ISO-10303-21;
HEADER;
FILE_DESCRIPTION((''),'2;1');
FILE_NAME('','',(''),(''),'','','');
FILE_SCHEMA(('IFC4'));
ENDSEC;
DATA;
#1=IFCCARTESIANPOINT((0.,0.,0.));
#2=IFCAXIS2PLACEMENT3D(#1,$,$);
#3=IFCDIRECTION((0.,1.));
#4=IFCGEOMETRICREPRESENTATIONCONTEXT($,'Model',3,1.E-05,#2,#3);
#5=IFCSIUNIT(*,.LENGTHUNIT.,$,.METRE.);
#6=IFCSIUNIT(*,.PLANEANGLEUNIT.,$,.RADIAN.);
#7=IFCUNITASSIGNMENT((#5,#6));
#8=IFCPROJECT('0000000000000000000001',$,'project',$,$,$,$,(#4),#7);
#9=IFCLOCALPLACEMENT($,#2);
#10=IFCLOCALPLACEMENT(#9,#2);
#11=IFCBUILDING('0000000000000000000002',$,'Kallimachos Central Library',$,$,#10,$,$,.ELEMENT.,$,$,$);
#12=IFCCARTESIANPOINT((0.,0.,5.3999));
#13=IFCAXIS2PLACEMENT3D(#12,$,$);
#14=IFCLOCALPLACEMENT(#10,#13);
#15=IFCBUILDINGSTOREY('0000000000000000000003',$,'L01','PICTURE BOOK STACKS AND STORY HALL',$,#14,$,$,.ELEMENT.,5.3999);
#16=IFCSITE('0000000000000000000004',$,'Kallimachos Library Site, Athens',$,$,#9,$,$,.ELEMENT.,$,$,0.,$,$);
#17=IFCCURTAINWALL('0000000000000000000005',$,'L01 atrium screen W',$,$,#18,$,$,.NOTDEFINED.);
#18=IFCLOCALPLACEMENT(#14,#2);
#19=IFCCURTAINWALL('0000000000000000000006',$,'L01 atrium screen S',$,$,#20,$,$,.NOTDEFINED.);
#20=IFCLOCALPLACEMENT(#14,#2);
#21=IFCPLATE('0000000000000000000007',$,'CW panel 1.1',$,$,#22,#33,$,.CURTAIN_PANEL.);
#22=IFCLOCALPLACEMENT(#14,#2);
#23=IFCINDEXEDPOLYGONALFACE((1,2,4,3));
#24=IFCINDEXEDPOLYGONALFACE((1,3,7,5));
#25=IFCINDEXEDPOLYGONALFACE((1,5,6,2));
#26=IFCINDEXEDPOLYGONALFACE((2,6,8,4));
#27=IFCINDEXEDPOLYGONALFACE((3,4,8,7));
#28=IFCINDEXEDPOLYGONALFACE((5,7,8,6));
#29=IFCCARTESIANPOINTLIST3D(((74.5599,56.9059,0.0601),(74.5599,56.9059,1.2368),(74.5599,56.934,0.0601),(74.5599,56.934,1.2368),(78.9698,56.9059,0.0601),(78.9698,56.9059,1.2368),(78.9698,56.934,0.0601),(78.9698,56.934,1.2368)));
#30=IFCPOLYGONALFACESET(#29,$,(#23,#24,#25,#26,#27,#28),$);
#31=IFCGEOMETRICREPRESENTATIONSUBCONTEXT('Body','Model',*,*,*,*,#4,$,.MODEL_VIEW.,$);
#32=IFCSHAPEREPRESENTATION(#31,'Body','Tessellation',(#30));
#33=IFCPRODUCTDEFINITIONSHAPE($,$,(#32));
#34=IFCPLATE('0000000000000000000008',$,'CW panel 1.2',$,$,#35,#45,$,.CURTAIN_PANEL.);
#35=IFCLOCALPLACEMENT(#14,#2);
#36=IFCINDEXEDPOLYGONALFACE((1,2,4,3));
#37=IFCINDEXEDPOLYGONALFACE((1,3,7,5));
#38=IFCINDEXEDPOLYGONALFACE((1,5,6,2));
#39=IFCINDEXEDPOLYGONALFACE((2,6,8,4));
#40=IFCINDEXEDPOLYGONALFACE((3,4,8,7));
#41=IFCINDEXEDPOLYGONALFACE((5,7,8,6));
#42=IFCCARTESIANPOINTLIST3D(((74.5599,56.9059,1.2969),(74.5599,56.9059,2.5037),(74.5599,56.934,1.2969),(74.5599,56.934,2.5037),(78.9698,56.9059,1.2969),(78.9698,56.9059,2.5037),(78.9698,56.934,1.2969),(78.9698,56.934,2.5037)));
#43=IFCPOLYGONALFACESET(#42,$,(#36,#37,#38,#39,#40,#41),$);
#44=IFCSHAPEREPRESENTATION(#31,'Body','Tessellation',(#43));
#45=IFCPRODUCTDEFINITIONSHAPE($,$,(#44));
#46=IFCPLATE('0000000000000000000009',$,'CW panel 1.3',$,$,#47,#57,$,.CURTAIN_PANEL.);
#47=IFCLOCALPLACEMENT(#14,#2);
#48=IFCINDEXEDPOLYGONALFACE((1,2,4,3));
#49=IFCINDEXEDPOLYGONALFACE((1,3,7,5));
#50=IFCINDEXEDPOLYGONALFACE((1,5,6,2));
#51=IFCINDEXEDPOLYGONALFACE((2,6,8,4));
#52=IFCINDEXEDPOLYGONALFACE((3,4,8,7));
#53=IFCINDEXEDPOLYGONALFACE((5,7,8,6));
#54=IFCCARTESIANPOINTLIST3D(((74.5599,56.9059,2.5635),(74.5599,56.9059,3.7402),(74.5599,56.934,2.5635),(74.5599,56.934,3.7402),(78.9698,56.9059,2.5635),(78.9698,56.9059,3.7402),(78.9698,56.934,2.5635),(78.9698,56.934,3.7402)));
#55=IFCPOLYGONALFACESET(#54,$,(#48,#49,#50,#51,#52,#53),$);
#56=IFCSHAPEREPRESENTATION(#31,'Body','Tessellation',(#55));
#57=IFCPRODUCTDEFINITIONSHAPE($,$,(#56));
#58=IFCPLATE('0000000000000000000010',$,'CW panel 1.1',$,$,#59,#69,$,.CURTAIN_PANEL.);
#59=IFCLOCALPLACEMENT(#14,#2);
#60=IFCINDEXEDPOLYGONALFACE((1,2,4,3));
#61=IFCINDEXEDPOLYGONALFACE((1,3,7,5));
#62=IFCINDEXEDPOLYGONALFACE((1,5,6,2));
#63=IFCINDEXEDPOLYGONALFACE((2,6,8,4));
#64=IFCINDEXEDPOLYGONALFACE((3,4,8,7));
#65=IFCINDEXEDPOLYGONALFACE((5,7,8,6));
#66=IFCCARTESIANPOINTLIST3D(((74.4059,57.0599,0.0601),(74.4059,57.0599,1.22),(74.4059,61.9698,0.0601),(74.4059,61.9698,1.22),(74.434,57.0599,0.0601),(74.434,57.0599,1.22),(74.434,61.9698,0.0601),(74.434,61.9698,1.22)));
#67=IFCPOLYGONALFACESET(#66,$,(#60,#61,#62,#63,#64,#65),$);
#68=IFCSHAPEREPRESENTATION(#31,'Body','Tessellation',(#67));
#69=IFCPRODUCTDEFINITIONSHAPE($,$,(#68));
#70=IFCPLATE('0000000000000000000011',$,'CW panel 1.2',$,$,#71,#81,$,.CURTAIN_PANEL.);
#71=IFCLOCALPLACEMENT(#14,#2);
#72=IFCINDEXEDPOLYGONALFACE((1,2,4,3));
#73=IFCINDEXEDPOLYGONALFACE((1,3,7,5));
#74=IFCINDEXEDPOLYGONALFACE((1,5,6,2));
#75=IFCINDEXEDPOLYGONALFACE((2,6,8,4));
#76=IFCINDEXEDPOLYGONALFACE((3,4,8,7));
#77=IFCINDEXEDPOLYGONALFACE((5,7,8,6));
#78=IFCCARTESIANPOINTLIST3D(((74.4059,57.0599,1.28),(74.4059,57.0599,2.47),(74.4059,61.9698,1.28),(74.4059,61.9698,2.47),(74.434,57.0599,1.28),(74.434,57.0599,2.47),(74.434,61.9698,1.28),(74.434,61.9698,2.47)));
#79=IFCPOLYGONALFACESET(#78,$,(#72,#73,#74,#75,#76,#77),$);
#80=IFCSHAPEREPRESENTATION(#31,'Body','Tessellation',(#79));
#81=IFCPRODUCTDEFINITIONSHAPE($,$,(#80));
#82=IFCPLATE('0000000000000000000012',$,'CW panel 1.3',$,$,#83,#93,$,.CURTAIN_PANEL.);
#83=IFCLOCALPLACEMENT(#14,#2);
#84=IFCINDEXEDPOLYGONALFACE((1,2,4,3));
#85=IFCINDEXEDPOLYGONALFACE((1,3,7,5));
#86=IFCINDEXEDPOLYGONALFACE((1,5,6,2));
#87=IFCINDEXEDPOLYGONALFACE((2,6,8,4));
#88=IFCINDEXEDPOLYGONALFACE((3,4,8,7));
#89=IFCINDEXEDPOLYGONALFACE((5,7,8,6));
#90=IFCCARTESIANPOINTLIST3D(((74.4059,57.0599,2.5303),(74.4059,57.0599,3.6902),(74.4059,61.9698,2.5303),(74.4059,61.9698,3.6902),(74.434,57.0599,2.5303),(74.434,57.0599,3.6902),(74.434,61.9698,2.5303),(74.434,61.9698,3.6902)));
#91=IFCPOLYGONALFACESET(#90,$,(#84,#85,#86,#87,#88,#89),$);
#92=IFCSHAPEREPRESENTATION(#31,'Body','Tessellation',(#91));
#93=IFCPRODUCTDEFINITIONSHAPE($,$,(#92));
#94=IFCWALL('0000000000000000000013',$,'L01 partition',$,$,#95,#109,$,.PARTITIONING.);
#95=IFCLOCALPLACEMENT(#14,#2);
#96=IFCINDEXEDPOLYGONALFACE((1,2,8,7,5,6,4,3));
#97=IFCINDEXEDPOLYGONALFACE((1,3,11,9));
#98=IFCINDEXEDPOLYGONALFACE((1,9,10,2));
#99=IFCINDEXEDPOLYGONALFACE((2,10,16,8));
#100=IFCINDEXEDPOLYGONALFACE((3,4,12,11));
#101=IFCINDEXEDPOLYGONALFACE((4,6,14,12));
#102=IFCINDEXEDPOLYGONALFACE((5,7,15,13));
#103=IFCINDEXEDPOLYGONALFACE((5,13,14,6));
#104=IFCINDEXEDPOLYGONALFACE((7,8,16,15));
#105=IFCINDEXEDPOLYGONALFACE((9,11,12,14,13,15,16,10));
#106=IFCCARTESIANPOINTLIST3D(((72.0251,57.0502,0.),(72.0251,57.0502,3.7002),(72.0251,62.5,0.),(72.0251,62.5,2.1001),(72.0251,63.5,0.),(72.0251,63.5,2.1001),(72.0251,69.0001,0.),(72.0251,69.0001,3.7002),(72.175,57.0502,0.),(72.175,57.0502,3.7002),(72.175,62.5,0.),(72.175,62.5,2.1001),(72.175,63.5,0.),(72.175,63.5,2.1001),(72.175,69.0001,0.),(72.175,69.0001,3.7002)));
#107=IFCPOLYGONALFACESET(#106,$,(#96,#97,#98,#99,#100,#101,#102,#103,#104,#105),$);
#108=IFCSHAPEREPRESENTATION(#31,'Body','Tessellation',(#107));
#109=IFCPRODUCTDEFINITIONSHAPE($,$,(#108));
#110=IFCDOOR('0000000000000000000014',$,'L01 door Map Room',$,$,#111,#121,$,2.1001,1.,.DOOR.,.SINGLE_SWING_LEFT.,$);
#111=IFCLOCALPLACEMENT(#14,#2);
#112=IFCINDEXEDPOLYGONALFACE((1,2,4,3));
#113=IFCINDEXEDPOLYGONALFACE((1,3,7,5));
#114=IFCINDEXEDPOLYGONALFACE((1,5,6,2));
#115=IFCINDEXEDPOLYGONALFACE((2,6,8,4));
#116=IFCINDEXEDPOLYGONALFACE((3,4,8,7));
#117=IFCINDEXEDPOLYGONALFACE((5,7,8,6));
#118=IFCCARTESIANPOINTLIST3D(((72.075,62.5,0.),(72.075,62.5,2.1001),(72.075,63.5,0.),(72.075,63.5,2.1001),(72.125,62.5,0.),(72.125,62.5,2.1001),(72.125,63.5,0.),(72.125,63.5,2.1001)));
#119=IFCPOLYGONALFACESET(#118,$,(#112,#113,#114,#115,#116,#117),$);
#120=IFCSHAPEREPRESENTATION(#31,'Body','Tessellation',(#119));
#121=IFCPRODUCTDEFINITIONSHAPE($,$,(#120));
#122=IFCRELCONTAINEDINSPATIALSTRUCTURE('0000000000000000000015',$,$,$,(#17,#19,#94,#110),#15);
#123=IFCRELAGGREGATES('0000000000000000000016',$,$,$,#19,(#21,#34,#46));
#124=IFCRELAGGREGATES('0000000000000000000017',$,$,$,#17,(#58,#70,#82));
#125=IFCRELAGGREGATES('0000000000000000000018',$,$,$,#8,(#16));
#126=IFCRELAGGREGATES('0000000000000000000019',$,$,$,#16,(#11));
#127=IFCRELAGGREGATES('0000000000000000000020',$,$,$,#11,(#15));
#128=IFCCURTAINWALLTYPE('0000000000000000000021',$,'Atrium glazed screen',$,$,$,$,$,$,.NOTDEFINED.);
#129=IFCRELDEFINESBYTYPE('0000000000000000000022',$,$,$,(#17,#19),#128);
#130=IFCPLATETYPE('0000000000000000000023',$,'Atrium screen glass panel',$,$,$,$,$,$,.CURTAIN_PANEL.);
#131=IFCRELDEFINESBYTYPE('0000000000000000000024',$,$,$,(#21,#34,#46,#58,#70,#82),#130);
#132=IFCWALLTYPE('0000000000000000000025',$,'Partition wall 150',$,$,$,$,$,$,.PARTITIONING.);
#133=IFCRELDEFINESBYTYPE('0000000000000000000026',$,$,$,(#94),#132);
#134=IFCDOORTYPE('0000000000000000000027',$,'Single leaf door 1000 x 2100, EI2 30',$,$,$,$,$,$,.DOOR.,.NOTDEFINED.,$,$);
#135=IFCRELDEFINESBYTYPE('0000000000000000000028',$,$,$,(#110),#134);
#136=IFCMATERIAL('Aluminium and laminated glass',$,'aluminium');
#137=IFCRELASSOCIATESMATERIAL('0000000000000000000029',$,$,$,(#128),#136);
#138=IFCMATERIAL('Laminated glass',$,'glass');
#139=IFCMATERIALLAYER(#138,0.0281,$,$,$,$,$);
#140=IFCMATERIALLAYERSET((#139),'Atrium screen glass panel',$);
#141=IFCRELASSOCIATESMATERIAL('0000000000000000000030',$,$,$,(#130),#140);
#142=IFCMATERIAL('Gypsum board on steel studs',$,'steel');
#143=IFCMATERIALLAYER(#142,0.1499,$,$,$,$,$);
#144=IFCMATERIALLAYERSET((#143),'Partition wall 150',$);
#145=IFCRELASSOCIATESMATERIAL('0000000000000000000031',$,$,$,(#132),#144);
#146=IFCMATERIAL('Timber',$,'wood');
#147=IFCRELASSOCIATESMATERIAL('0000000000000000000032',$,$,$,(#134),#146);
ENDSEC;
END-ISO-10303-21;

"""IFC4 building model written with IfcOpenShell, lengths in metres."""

from ifc_helpers import new_model, si_unit, direction, frame, frame_2d, origin, origin_2d, place, context, subcontext, project, spatial, rectangle, extrude, material, layer, layer_set, type_object, element, fill, aggregate, save


model = new_model("IFC4")

# Units and contexts
model_context = context("Model", 3, precision=1e-05, world=origin(), true_north=direction((0.0, 1.0)))
body_context = subcontext(model_context, "Body", "Model", "MODEL_VIEW")
ifc_project = project(units=[si_unit("LENGTHUNIT", "METRE"), si_unit("PLANEANGLEUNIT", "RADIAN")], contexts=[model_context])

# Site, building, storey
site_placement = place(None, origin())
site = spatial("IfcSite", under=ifc_project, at=site_placement, Name="Kallimachos Library Site, Athens", CompositionType="ELEMENT", RefElevation=0.0)
building_placement = place(site_placement, origin())
building = spatial("IfcBuilding", under=site, at=building_placement, Name="Kallimachos Central Library", CompositionType="ELEMENT")
storey_placement = place(building_placement, frame((0.0, 0.0, 5.3999)))
storey = spatial("IfcBuildingStorey", under=building, at=storey_placement, Name="L01", Description="PICTURE BOOK STACKS AND STORY HALL", CompositionType="ELEMENT", Elevation=5.3999)

# Curtain wall
ifc_material_1 = material(Name="Aluminium and laminated glass", Category="aluminium")
curtain_wall_type = type_object("IfcCurtainWallType", Name="Atrium glazed screen", PredefinedType="NOTDEFINED", material=ifc_material_1)
curtain_wall_1_placement = place(storey_placement, origin())
curtain_wall_1 = element("IfcCurtainWall", 1, at=curtain_wall_1_placement, inside=storey, type_object=curtain_wall_type, Name="L01 atrium screen W", PredefinedType="NOTDEFINED")

# Curtain wall, plates
curtain_wall_2_placement = place(storey_placement, origin())
curtain_wall_2 = element("IfcCurtainWall", 2, at=curtain_wall_2_placement, inside=storey, type_object=curtain_wall_type, Name="L01 atrium screen S", PredefinedType="NOTDEFINED")
ifc_material_2 = material(Name="Laminated glass", Category="glass")
ifc_layer_1 = layer(ifc_material_2, 0.0281)
ifc_layer_set_1 = layer_set([ifc_layer_1], Name="Atrium screen glass panel")
plate_type = type_object("IfcPlateType", Name="Atrium screen glass panel", PredefinedType="CURTAIN_PANEL", material=ifc_layer_set_1)
plate_1_placement = place(storey_placement, frame((76.7649, 56.9199, 0.0601), z_axis=(0.0, 0.0, 1.0), x_axis=(1.0, 0.0, 0.0)))
plate_1 = element("IfcPlate", 3, at=plate_1_placement, type_object=plate_type, Name="CW panel 1.1", PredefinedType="CURTAIN_PANEL", context=body_context, shape_type="SweptSolid", body=[
    extrude(rectangle(XDim=4.4099, YDim=0.0281, at=origin_2d()), origin(), (0.0, 0.0, 1.0), 1.1768),
])
plate_2_placement = place(storey_placement, frame((76.7649, 56.9199, 1.2969), z_axis=(0.0, 0.0, 1.0), x_axis=(1.0, 0.0, 0.0)))
plate_2 = element("IfcPlate", 4, at=plate_2_placement, type_object=plate_type, Name="CW panel 1.2", PredefinedType="CURTAIN_PANEL", context=body_context, shape_type="SweptSolid", body=[
    extrude(rectangle(XDim=4.4099, YDim=0.0281, at=origin_2d()), origin(), (0.0, 0.0, 1.0), 1.2068),
])
plate_3_placement = place(storey_placement, frame((76.7649, 56.9199, 2.5635), z_axis=(0.0, 0.0, 1.0), x_axis=(1.0, 0.0, 0.0)))
plate_3 = element("IfcPlate", 5, at=plate_3_placement, type_object=plate_type, Name="CW panel 1.3", PredefinedType="CURTAIN_PANEL", context=body_context, shape_type="SweptSolid", body=[
    extrude(rectangle(XDim=4.4099, YDim=0.0281, at=origin_2d()), origin(), (0.0, 0.0, 1.0), 1.1768),
])
aggregate(curtain_wall_2, [plate_1, plate_2, plate_3])

# Plates
plate_4_placement = place(storey_placement, frame((74.4199, 59.5149, 0.0601), z_axis=(0.0, 0.0, 1.0), x_axis=(0.0, 1.0, 0.0)))
plate_4 = element("IfcPlate", 6, at=plate_4_placement, type_object=plate_type, Name="CW panel 1.1", PredefinedType="CURTAIN_PANEL", context=body_context, shape_type="SweptSolid", body=[
    extrude(rectangle(XDim=4.9099, YDim=0.0281, at=origin_2d()), origin(), (0.0, 0.0, 1.0), 1.1599),
])
plate_5_placement = place(storey_placement, frame((74.4199, 59.5149, 1.28), z_axis=(0.0, 0.0, 1.0), x_axis=(0.0, 1.0, 0.0)))
plate_5 = element("IfcPlate", 7, at=plate_5_placement, type_object=plate_type, Name="CW panel 1.2", PredefinedType="CURTAIN_PANEL", context=body_context, shape_type="SweptSolid", body=[
    extrude(rectangle(XDim=4.9099, YDim=0.0281, at=origin_2d()), origin(), (0.0, 0.0, 1.0), 1.1899),
])
plate_6_placement = place(storey_placement, frame((74.4199, 59.5149, 2.5303), z_axis=(0.0, 0.0, 1.0), x_axis=(0.0, 1.0, 0.0)))
plate_6 = element("IfcPlate", 8, at=plate_6_placement, type_object=plate_type, Name="CW panel 1.3", PredefinedType="CURTAIN_PANEL", context=body_context, shape_type="SweptSolid", body=[
    extrude(rectangle(XDim=4.9099, YDim=0.0281, at=origin_2d()), origin(), (0.0, 0.0, 1.0), 1.1599),
])
aggregate(curtain_wall_1, [plate_4, plate_5, plate_6])

# Wall, opening, door
ifc_material_3 = material(Name="Gypsum board on steel studs", Category="steel")
ifc_layer_2 = layer(ifc_material_3, 0.1499)
ifc_layer_set_2 = layer_set([ifc_layer_2], Name="Partition wall 150")
wall_type = type_object("IfcWallType", Name="Partition wall 150", PredefinedType="PARTITIONING", material=ifc_layer_set_2)
wall_placement = place(storey_placement, frame((72.1001, 57.05, 0.0), z_axis=(0.0, 0.0, 1.0), x_axis=(0.0, 1.0, 0.0)))
wall = element("IfcWall", 9, at=wall_placement, inside=storey, type_object=wall_type, Name="L01 partition", PredefinedType="PARTITIONING", context=body_context, shape_type="SweptSolid", body=[
    extrude(rectangle(XDim=11.95, YDim=0.1499, at=frame_2d((5.9751, 0.0))), origin(), (0.0, 0.0, 1.0), 3.7002),
])
opening_placement = place(wall_placement, frame((5.45, 0.0, 0.0)))
opening = element("IfcOpeningElement", 10, at=opening_placement, cuts=wall, PredefinedType="OPENING", context=body_context, shape_type="SweptSolid", body=[
    extrude(rectangle(XDim=1.0, YDim=2.1001, at=frame_2d((0.5, 1.05))), frame((0.0, 0.085, 0.0), z_axis=(0.0, -1.0, 0.0), x_axis=(1.0, 0.0, 0.0)), (0.0, 0.0, 1.0), 0.1699),
])
ifc_material_4 = material(Name="Timber", Category="wood")
door_type = type_object("IfcDoorType", Name="Single leaf door 1000 x 2100, EI2 30", OperationType="NOTDEFINED", PredefinedType="DOOR", material=ifc_material_4)
door_placement = place(opening_placement, frame((1.0, 0.0, 0.0), z_axis=(0.0, 0.0, 1.0), x_axis=(-1.0, 0.0, 0.0)))
door = element("IfcDoor", 11, at=door_placement, inside=storey, type_object=door_type, Name="L01 door Map Room", OperationType="SINGLE_SWING_LEFT", OverallHeight=2.1001, OverallWidth=1.0, PredefinedType="DOOR", context=body_context, shape_type="SweptSolid", body=[
    extrude(rectangle(XDim=1.0, YDim=2.1001, at=frame_2d((0.5, 1.05))), frame((0.0, 0.0249, 0.0), z_axis=(0.0, -1.0, 0.0), x_axis=(1.0, 0.0, 0.0)), (0.0, 0.0, 1.0), 0.05),
])
fill(opening, door)

save(model, "model.ifc")
